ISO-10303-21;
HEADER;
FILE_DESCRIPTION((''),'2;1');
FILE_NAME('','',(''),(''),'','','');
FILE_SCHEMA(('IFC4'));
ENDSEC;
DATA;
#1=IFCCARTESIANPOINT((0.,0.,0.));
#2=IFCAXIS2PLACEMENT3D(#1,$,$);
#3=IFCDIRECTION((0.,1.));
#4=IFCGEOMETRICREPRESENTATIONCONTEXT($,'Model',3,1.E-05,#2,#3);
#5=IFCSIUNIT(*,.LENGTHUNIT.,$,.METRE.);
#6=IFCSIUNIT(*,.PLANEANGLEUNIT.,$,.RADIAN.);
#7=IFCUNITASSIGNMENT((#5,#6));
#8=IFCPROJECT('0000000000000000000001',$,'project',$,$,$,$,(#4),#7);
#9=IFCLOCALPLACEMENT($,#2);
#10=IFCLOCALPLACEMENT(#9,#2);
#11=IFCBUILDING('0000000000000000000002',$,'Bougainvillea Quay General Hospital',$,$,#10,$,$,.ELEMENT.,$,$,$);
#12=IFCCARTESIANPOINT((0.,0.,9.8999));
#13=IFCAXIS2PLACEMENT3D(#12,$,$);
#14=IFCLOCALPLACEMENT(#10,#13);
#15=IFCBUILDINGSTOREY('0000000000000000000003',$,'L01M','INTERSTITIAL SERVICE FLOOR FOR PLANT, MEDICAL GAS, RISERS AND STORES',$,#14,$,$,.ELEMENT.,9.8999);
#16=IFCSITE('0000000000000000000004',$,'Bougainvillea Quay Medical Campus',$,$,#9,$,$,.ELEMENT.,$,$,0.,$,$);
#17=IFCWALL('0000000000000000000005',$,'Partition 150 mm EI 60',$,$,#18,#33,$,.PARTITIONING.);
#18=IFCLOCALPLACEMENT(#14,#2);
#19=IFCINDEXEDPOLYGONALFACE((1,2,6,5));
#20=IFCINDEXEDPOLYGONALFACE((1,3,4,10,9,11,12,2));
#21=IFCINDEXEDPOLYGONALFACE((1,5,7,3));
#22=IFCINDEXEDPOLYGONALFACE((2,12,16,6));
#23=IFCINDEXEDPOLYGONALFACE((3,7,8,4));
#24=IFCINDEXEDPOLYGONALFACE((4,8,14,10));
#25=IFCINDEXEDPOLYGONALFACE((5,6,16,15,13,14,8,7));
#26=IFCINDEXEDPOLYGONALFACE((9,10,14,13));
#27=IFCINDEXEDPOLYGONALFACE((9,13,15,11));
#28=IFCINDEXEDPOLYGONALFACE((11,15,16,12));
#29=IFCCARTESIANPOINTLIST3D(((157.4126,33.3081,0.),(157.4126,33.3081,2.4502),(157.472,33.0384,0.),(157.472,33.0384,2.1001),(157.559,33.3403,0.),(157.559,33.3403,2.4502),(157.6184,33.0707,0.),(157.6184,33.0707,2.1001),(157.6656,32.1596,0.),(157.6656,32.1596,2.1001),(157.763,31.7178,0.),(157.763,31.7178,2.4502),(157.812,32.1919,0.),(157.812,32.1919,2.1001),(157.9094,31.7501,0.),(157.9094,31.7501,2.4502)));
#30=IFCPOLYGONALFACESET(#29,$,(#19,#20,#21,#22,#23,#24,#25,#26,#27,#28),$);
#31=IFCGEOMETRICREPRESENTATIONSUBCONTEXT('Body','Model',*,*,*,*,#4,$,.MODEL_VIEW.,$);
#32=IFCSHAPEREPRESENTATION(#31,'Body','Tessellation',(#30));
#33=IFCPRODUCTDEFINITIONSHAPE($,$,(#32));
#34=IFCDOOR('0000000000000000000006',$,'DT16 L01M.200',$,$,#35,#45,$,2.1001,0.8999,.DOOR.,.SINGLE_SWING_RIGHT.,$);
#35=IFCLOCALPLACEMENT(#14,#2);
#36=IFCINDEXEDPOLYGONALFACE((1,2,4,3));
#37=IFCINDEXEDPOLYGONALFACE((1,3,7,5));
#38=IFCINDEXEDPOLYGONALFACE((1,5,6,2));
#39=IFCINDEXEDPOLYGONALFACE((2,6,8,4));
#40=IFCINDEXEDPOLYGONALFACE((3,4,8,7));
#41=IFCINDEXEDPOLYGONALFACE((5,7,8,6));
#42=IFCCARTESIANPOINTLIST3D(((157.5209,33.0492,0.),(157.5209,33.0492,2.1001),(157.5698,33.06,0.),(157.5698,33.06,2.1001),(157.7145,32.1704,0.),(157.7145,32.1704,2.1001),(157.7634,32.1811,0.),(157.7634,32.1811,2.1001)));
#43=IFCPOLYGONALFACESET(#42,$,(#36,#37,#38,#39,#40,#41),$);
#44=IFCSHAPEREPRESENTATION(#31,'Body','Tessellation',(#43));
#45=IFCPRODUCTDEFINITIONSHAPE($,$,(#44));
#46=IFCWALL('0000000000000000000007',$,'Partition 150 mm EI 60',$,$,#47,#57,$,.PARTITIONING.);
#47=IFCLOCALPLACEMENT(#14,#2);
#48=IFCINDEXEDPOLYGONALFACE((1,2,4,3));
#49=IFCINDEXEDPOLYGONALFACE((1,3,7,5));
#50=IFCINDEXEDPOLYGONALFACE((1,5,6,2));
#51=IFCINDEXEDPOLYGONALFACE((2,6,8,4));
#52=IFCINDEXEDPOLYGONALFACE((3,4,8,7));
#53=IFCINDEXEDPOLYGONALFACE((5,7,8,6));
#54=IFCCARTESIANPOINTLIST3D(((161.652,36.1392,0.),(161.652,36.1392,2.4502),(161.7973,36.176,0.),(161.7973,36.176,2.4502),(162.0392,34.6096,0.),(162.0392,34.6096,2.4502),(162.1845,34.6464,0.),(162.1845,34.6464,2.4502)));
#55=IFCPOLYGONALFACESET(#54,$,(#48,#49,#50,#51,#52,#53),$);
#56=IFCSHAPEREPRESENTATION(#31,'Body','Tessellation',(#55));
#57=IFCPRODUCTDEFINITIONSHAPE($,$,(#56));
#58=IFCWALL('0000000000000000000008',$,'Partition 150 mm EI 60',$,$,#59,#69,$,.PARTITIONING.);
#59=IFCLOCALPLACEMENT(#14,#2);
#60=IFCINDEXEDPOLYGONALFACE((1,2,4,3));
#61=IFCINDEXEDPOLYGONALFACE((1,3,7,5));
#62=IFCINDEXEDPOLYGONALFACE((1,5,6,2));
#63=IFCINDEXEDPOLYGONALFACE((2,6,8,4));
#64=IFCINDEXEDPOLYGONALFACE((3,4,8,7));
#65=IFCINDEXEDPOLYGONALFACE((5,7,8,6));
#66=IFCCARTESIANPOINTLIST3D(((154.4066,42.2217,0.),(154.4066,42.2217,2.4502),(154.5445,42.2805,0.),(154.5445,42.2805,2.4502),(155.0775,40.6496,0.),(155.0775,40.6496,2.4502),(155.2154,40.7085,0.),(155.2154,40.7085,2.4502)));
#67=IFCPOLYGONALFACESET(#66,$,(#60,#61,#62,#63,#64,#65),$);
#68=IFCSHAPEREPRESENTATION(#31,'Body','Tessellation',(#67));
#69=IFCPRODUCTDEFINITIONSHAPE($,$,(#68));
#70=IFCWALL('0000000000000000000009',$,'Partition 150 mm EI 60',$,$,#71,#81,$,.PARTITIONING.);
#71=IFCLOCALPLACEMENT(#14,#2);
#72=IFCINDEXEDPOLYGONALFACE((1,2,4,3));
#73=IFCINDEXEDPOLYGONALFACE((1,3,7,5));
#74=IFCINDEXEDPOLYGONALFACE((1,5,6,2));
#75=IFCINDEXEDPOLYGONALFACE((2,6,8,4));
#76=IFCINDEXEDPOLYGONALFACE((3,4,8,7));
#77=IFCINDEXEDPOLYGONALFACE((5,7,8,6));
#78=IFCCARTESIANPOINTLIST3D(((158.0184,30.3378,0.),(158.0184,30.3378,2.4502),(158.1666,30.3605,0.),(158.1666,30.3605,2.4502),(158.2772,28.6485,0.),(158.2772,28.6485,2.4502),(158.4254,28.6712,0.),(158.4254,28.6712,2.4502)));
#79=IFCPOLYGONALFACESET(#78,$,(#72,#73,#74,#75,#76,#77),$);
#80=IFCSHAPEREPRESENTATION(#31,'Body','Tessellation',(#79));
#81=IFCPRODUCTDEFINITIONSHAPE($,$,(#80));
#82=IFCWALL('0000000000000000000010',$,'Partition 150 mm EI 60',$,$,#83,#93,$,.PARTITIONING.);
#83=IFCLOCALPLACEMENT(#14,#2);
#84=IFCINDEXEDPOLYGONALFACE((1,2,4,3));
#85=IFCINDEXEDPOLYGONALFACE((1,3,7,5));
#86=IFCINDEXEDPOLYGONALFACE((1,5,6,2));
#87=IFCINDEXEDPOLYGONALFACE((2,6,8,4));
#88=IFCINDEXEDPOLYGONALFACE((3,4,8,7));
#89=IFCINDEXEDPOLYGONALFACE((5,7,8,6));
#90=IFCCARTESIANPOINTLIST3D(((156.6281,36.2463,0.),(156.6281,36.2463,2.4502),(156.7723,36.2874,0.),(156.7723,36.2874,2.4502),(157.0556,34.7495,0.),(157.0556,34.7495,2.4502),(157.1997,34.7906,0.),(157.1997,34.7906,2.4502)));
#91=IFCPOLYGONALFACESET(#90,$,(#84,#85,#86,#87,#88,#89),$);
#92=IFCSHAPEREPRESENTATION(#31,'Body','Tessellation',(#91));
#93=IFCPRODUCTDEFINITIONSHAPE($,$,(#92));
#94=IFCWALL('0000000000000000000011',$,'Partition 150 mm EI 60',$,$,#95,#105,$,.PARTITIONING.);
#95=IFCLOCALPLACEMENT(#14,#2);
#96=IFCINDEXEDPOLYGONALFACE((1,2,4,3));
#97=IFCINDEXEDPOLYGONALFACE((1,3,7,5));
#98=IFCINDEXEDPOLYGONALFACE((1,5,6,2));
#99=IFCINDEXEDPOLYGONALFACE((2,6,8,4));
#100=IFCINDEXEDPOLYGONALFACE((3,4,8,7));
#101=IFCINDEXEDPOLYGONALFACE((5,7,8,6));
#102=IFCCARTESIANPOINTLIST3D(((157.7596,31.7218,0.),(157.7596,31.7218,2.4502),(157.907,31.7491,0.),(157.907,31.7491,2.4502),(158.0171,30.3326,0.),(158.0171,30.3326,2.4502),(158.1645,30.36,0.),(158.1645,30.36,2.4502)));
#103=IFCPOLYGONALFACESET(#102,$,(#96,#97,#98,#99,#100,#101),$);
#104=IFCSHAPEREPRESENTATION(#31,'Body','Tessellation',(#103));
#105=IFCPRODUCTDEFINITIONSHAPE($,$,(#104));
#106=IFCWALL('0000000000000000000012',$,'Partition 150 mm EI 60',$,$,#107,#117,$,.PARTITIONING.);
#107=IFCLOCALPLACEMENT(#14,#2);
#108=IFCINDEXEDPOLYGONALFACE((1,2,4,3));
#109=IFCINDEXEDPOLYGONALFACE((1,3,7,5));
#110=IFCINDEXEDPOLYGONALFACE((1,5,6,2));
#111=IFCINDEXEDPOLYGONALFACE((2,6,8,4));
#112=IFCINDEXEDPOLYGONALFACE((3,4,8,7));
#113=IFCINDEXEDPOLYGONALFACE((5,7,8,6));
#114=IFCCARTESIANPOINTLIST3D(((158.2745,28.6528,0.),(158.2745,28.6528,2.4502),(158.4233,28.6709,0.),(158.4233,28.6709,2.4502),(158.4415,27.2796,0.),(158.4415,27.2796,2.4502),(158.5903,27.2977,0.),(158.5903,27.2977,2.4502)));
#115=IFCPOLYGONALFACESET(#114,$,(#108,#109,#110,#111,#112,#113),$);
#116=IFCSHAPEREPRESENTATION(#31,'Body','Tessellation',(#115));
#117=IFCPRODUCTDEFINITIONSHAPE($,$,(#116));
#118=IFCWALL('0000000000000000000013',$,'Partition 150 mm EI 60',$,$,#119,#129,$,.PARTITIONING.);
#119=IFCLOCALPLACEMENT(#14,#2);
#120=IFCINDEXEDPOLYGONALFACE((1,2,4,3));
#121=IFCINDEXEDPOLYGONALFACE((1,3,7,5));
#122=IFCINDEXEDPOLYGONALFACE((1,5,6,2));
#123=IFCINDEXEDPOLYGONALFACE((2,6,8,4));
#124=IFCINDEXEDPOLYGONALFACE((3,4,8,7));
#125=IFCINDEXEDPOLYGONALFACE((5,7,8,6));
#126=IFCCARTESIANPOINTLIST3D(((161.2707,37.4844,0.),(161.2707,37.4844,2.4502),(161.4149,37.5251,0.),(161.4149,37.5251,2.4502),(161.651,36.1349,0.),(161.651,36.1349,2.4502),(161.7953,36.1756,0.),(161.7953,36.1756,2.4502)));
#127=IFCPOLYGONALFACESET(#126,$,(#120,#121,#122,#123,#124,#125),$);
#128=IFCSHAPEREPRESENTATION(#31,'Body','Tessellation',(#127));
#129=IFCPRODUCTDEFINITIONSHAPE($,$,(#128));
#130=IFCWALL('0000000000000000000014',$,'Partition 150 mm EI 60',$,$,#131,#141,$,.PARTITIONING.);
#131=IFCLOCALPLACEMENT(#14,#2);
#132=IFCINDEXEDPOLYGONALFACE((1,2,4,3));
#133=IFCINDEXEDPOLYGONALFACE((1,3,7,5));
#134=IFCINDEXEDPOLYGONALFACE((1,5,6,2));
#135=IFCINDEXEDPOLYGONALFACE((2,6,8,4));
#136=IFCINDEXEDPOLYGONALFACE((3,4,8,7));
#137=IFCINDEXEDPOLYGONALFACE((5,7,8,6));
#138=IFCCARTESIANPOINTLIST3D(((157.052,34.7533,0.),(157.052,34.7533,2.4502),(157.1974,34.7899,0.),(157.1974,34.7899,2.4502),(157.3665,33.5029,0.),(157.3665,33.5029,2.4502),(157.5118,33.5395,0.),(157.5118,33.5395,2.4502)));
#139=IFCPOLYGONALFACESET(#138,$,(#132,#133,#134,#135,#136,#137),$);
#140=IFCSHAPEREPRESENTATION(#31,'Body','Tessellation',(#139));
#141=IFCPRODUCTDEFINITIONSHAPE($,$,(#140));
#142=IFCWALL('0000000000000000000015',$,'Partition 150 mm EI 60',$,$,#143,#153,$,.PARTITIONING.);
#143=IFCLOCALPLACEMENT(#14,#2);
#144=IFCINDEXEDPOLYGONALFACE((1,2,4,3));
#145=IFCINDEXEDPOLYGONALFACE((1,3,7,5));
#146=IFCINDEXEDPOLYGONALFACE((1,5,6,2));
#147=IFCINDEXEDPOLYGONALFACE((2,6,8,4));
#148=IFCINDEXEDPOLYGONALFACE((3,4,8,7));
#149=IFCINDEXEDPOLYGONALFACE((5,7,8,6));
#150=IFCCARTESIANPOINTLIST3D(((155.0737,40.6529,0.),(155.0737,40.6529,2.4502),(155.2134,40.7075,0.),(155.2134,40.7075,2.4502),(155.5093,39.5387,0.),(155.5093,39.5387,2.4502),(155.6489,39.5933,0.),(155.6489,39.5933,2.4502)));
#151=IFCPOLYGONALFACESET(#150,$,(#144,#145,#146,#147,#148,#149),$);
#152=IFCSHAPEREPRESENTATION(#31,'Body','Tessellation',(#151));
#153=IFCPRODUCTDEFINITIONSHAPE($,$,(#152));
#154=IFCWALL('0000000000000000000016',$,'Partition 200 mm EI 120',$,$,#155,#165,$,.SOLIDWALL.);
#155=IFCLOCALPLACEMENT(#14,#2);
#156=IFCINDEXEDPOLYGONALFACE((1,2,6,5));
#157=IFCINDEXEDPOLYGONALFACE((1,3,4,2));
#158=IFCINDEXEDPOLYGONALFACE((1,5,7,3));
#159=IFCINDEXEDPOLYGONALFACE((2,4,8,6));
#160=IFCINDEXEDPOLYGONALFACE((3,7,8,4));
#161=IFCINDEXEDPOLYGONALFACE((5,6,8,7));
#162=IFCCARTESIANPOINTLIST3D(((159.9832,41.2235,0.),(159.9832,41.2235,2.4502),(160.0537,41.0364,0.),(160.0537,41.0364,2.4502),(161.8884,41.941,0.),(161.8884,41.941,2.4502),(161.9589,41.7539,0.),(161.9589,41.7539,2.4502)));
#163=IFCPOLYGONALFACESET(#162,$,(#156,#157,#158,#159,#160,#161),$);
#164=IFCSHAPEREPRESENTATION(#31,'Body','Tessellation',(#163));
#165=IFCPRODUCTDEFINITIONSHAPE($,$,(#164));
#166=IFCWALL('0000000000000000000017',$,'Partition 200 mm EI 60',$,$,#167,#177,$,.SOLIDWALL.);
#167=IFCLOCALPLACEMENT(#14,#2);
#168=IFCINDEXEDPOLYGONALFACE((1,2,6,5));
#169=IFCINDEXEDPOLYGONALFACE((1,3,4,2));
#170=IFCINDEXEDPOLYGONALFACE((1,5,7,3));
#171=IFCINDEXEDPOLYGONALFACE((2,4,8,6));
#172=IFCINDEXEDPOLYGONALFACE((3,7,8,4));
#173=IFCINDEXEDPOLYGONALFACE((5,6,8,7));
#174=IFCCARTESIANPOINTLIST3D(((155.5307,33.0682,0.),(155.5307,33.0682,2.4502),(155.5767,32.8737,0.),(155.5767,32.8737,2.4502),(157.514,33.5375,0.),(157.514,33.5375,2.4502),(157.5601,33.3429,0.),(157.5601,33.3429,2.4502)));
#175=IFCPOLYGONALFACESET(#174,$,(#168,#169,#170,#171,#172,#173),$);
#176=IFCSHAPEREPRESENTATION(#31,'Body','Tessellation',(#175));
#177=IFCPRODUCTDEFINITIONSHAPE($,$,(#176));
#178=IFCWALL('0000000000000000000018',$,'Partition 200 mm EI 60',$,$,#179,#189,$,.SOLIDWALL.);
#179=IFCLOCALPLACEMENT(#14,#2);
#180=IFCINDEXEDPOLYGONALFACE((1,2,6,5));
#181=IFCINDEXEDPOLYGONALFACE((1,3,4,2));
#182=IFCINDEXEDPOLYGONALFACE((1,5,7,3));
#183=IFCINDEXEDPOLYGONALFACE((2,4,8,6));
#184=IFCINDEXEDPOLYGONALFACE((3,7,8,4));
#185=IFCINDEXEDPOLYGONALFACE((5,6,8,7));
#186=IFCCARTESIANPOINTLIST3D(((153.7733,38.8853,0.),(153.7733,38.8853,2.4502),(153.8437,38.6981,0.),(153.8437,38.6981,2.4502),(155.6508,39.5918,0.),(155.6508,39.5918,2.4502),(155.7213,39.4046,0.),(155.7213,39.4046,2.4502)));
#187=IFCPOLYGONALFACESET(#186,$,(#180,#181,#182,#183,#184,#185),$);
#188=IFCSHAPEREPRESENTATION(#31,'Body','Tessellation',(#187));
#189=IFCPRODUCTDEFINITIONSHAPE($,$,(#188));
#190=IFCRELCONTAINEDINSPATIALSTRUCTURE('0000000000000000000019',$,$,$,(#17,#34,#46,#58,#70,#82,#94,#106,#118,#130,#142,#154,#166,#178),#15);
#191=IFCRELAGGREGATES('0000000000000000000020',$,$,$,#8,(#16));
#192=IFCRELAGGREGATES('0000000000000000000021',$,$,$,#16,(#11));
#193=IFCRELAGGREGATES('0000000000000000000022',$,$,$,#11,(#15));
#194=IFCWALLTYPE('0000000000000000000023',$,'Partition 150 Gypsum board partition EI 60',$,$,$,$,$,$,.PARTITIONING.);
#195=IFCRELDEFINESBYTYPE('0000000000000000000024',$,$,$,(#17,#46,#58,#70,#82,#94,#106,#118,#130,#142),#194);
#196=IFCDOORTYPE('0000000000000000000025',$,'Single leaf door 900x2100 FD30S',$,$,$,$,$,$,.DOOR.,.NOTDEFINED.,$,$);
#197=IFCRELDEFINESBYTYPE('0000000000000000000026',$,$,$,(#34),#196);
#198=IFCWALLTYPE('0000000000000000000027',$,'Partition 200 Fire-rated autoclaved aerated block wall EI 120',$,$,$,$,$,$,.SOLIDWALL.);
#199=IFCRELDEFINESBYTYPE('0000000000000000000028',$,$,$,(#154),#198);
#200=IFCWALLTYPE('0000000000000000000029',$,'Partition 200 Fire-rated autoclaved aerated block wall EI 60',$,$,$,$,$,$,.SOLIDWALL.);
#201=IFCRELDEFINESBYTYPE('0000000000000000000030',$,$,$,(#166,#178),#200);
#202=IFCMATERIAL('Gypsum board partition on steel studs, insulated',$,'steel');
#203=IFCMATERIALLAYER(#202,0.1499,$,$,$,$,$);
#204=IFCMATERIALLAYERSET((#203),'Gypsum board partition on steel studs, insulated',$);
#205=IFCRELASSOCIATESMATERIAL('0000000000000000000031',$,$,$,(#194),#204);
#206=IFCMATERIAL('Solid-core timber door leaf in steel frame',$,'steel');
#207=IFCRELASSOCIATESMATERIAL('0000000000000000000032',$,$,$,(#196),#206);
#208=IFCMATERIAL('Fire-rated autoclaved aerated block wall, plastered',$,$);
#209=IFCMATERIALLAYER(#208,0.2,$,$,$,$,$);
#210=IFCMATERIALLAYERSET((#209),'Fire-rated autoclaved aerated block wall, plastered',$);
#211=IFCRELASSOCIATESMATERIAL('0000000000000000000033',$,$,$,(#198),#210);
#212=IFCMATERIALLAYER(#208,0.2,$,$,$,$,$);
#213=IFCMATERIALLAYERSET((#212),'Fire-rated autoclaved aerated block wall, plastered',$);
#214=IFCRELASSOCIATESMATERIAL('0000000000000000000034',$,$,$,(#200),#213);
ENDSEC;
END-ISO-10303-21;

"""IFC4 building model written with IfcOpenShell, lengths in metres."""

from ifc_helpers import new_model, si_unit, direction, frame, frame_2d, origin, place, context, subcontext, project, spatial, rectangle, extrude, material, layer, layer_set, type_object, element, fill, save


model = new_model("IFC4")

# Units and contexts
model_context = context("Model", 3, precision=1e-05, world=origin(), true_north=direction((0.0, 1.0)))
body_context = subcontext(model_context, "Body", "Model", "MODEL_VIEW")
ifc_project = project(units=[si_unit("LENGTHUNIT", "METRE"), si_unit("PLANEANGLEUNIT", "RADIAN")], contexts=[model_context])

# Site, building, storey
site_placement = place(None, origin())
site = spatial("IfcSite", under=ifc_project, at=site_placement, Name="Bougainvillea Quay Medical Campus", CompositionType="ELEMENT", RefElevation=0.0)
building_placement = place(site_placement, origin())
building = spatial("IfcBuilding", under=site, at=building_placement, Name="Bougainvillea Quay General Hospital", CompositionType="ELEMENT")
storey_placement = place(building_placement, frame((0.0, 0.0, 9.8999)))
storey = spatial("IfcBuildingStorey", under=building, at=storey_placement, Name="L01M", Description="INTERSTITIAL SERVICE FLOOR FOR PLANT, MEDICAL GAS, RISERS AND STORES", CompositionType="ELEMENT", Elevation=9.8999)

# Shared definitions
ifc_material_1 = material(Name="Gypsum board partition on steel studs, insulated", Category="steel")
ifc_layer_1 = layer(ifc_material_1, 0.1499)
ifc_layer_set_1 = layer_set([ifc_layer_1], Name="Gypsum board partition on steel studs, insulated")
wall_type_1 = type_object("IfcWallType", Name="Partition 150 Gypsum board partition EI 60", PredefinedType="PARTITIONING", material=ifc_layer_set_1)
ifc_material_2 = material(Name="Solid-core timber door leaf in steel frame", Category="steel")
door_type = type_object("IfcDoorType", Name="Single leaf door 900x2100 FD30S", OperationType="NOTDEFINED", PredefinedType="DOOR", material=ifc_material_2)

# Wall, opening, door
wall_1_placement = place(storey_placement, frame((157.4858, 33.3242, 0.0), z_axis=(0.0, 0.0, 1.0), x_axis=(0.215136, -0.976584, 0.0)))
wall_1 = element("IfcWall", 1, at=wall_1_placement, inside=storey, type_object=wall_type_1, Name="Partition 150 mm EI 60", PredefinedType="PARTITIONING", context=body_context, shape_type="SweptSolid", body=[
    extrude(rectangle(XDim=1.6284, YDim=0.1499, at=frame_2d((0.8142, 0.0))), origin(), (0.0, 0.0, 1.0), 2.4502),
])
opening_1_placement = place(wall_1_placement, frame((0.2761, 0.0, 0.0)))
opening_1 = element("IfcOpeningElement", 2, at=opening_1_placement, cuts=wall_1, PredefinedType="OPENING", context=body_context, shape_type="SweptSolid", body=[
    extrude(rectangle(XDim=0.8999, YDim=2.1001, at=frame_2d((0.45, 1.05))), frame((0.0, 0.085, 0.0), z_axis=(0.0, -1.0, 0.0), x_axis=(1.0, 0.0, 0.0)), (0.0, 0.0, 1.0), 0.1699),
])
door_1_placement = place(opening_1_placement, frame((0.8999, 0.0, 0.0), z_axis=(0.0, 0.0, 1.0), x_axis=(-1.0, 0.0, 0.0)))
door_1 = element("IfcDoor", 3, at=door_1_placement, inside=storey, type_object=door_type, Name="DT16 L01M.200", OperationType="SINGLE_SWING_RIGHT", OverallHeight=2.1001, OverallWidth=0.8999, PredefinedType="DOOR", context=body_context, shape_type="SweptSolid", body=[
    extrude(rectangle(XDim=0.8999, YDim=2.1001, at=frame_2d((0.45, 1.05))), frame((0.0, 0.0249, 0.0), z_axis=(0.0, -1.0, 0.0), x_axis=(1.0, 0.0, 0.0)), (0.0, 0.0, 1.0), 0.05),
])
fill(opening_1, door_1)

# Walls
wall_2_placement = place(storey_placement, frame((161.7246, 36.1577, 0.0), z_axis=(0.0, 0.0, 1.0), x_axis=(0.245411, -0.969419, 0.0)))
element("IfcWall", 4, at=wall_2_placement, inside=storey, type_object=wall_type_1, Name="Partition 150 mm EI 60", PredefinedType="PARTITIONING", context=body_context, shape_type="SweptSolid", body=[
    extrude(rectangle(XDim=1.5779, YDim=0.1499, at=frame_2d((0.7891, 0.0))), origin(), (0.0, 0.0, 1.0), 2.4502),
])
wall_3_placement = place(storey_placement, frame((154.4756, 42.251, 0.0), z_axis=(0.0, 0.0, 1.0), x_axis=(0.392522, -0.919742, 0.0)))
element("IfcWall", 5, at=wall_3_placement, inside=storey, type_object=wall_type_1, Name="Partition 150 mm EI 60", PredefinedType="PARTITIONING", context=body_context, shape_type="SweptSolid", body=[
    extrude(rectangle(XDim=1.7092, YDim=0.1499, at=frame_2d((0.8545, 0.0))), origin(), (0.0, 0.0, 1.0), 2.4502),
])
wall_4_placement = place(storey_placement, frame((158.0925, 30.3491, 0.0), z_axis=(0.0, 0.0, 1.0), x_axis=(0.151435, -0.988467, 0.0)))
element("IfcWall", 6, at=wall_4_placement, inside=storey, type_object=wall_type_1, Name="Partition 150 mm EI 60", PredefinedType="PARTITIONING", context=body_context, shape_type="SweptSolid", body=[
    extrude(rectangle(XDim=1.709, YDim=0.1499, at=frame_2d((0.8545, 0.0))), origin(), (0.0, 0.0, 1.0), 2.4502),
])
wall_5_placement = place(storey_placement, frame((156.7002, 36.2668, 0.0), z_axis=(0.0, 0.0, 1.0), x_axis=(0.274618, -0.961554, 0.0)))
element("IfcWall", 7, at=wall_5_placement, inside=storey, type_object=wall_type_1, Name="Partition 150 mm EI 60", PredefinedType="PARTITIONING", context=body_context, shape_type="SweptSolid", body=[
    extrude(rectangle(XDim=1.5566, YDim=0.1499, at=frame_2d((0.7783, 0.0))), origin(), (0.0, 0.0, 1.0), 2.4502),
])
wall_6_placement = place(storey_placement, frame((157.8333, 31.7356, 0.0), z_axis=(0.0, 0.0, 1.0), x_axis=(0.182306, -0.983242, 0.0)))
element("IfcWall", 8, at=wall_6_placement, inside=storey, type_object=wall_type_1, Name="Partition 150 mm EI 60", PredefinedType="PARTITIONING", context=body_context, shape_type="SweptSolid", body=[
    extrude(rectangle(XDim=1.4128, YDim=0.1499, at=frame_2d((0.7065, 0.0))), origin(), (0.0, 0.0, 1.0), 2.4502),
])
wall_7_placement = place(storey_placement, frame((158.3489, 28.6619, 0.0), z_axis=(0.0, 0.0, 1.0), x_axis=(0.120711, -0.992688, 0.0)))
element("IfcWall", 9, at=wall_7_placement, inside=storey, type_object=wall_type_1, Name="Partition 150 mm EI 60", PredefinedType="PARTITIONING", context=body_context, shape_type="SweptSolid", body=[
    extrude(rectangle(XDim=1.3833, YDim=0.1499, at=frame_2d((0.6917, 0.0))), origin(), (0.0, 0.0, 1.0), 2.4502),
])
wall_8_placement = place(storey_placement, frame((161.3428, 37.5049, 0.0), z_axis=(0.0, 0.0, 1.0), x_axis=(0.27127, -0.962503, 0.0)))
element("IfcWall", 10, at=wall_8_placement, inside=storey, type_object=wall_type_1, Name="Partition 150 mm EI 60", PredefinedType="PARTITIONING", context=body_context, shape_type="SweptSolid", body=[
    extrude(rectangle(XDim=1.4021, YDim=0.1499, at=frame_2d((0.7012, 0.0))), origin(), (0.0, 0.0, 1.0), 2.4502),
])
wall_9_placement = place(storey_placement, frame((157.1248, 34.7715, 0.0), z_axis=(0.0, 0.0, 1.0), x_axis=(0.243872, -0.969807, 0.0)))
element("IfcWall", 11, at=wall_9_placement, inside=storey, type_object=wall_type_1, Name="Partition 150 mm EI 60", PredefinedType="PARTITIONING", context=body_context, shape_type="SweptSolid", body=[
    extrude(rectangle(XDim=1.2893, YDim=0.1499, at=frame_2d((0.6445, 0.0))), origin(), (0.0, 0.0, 1.0), 2.4502),
])
wall_10_placement = place(storey_placement, frame((155.1436, 40.6802, 0.0), z_axis=(0.0, 0.0, 1.0), x_axis=(0.364061, -0.931375, 0.0)))
element("IfcWall", 12, at=wall_10_placement, inside=storey, type_object=wall_type_1, Name="Partition 150 mm EI 60", PredefinedType="PARTITIONING", context=body_context, shape_type="SweptSolid", body=[
    extrude(rectangle(XDim=1.1963, YDim=0.1499, at=frame_2d((0.5981, 0.0))), origin(), (0.0, 0.0, 1.0), 2.4502),
])
ifc_material_3 = material(Name="Fire-rated autoclaved aerated block wall, plastered")
ifc_layer_2 = layer(ifc_material_3, 0.2)
ifc_layer_set_2 = layer_set([ifc_layer_2], Name="Fire-rated autoclaved aerated block wall, plastered")
wall_type_2 = type_object("IfcWallType", Name="Partition 200 Fire-rated autoclaved aerated block wall EI 120", PredefinedType="SOLIDWALL", material=ifc_layer_set_2)
wall_11_placement = place(storey_placement, frame((160.0183, 41.1299, 0.0), z_axis=(0.0, 0.0, 1.0), x_axis=(0.935835, 0.352437, 0.0)))
element("IfcWall", 13, at=wall_11_placement, inside=storey, type_object=wall_type_2, Name="Partition 200 mm EI 120", PredefinedType="SOLIDWALL", context=body_context, shape_type="SweptSolid", body=[
    extrude(rectangle(XDim=2.0359, YDim=0.2, at=frame_2d((1.0181, 0.0))), origin(), (0.0, 0.0, 1.0), 2.4502),
])
ifc_layer_3 = layer(ifc_material_3, 0.2)
ifc_layer_set_3 = layer_set([ifc_layer_3], Name="Fire-rated autoclaved aerated block wall, plastered")
wall_type_3 = type_object("IfcWallType", Name="Partition 200 Fire-rated autoclaved aerated block wall EI 60", PredefinedType="SOLIDWALL", material=ifc_layer_set_3)
wall_12_placement = place(storey_placement, frame((155.5537, 32.9709, 0.0), z_axis=(0.0, 0.0, 1.0), x_axis=(0.973137, 0.230228, 0.0)))
element("IfcWall", 14, at=wall_12_placement, inside=storey, type_object=wall_type_3, Name="Partition 200 mm EI 60", PredefinedType="SOLIDWALL", context=body_context, shape_type="SweptSolid", body=[
    extrude(rectangle(XDim=2.0381, YDim=0.2, at=frame_2d((1.019, 0.0))), origin(), (0.0, 0.0, 1.0), 2.4502),
])
wall_13_placement = place(storey_placement, frame((153.8086, 38.7917, 0.0), z_axis=(0.0, 0.0, 1.0), x_axis=(0.935934, 0.352177, 0.0)))
element("IfcWall", 15, at=wall_13_placement, inside=storey, type_object=wall_type_3, Name="Partition 200 mm EI 60", PredefinedType="SOLIDWALL", context=body_context, shape_type="SweptSolid", body=[
    extrude(rectangle(XDim=2.0061, YDim=0.2, at=frame_2d((1.0029, 0.0))), origin(), (0.0, 0.0, 1.0), 2.4502),
])

save(model, "model.ifc")
